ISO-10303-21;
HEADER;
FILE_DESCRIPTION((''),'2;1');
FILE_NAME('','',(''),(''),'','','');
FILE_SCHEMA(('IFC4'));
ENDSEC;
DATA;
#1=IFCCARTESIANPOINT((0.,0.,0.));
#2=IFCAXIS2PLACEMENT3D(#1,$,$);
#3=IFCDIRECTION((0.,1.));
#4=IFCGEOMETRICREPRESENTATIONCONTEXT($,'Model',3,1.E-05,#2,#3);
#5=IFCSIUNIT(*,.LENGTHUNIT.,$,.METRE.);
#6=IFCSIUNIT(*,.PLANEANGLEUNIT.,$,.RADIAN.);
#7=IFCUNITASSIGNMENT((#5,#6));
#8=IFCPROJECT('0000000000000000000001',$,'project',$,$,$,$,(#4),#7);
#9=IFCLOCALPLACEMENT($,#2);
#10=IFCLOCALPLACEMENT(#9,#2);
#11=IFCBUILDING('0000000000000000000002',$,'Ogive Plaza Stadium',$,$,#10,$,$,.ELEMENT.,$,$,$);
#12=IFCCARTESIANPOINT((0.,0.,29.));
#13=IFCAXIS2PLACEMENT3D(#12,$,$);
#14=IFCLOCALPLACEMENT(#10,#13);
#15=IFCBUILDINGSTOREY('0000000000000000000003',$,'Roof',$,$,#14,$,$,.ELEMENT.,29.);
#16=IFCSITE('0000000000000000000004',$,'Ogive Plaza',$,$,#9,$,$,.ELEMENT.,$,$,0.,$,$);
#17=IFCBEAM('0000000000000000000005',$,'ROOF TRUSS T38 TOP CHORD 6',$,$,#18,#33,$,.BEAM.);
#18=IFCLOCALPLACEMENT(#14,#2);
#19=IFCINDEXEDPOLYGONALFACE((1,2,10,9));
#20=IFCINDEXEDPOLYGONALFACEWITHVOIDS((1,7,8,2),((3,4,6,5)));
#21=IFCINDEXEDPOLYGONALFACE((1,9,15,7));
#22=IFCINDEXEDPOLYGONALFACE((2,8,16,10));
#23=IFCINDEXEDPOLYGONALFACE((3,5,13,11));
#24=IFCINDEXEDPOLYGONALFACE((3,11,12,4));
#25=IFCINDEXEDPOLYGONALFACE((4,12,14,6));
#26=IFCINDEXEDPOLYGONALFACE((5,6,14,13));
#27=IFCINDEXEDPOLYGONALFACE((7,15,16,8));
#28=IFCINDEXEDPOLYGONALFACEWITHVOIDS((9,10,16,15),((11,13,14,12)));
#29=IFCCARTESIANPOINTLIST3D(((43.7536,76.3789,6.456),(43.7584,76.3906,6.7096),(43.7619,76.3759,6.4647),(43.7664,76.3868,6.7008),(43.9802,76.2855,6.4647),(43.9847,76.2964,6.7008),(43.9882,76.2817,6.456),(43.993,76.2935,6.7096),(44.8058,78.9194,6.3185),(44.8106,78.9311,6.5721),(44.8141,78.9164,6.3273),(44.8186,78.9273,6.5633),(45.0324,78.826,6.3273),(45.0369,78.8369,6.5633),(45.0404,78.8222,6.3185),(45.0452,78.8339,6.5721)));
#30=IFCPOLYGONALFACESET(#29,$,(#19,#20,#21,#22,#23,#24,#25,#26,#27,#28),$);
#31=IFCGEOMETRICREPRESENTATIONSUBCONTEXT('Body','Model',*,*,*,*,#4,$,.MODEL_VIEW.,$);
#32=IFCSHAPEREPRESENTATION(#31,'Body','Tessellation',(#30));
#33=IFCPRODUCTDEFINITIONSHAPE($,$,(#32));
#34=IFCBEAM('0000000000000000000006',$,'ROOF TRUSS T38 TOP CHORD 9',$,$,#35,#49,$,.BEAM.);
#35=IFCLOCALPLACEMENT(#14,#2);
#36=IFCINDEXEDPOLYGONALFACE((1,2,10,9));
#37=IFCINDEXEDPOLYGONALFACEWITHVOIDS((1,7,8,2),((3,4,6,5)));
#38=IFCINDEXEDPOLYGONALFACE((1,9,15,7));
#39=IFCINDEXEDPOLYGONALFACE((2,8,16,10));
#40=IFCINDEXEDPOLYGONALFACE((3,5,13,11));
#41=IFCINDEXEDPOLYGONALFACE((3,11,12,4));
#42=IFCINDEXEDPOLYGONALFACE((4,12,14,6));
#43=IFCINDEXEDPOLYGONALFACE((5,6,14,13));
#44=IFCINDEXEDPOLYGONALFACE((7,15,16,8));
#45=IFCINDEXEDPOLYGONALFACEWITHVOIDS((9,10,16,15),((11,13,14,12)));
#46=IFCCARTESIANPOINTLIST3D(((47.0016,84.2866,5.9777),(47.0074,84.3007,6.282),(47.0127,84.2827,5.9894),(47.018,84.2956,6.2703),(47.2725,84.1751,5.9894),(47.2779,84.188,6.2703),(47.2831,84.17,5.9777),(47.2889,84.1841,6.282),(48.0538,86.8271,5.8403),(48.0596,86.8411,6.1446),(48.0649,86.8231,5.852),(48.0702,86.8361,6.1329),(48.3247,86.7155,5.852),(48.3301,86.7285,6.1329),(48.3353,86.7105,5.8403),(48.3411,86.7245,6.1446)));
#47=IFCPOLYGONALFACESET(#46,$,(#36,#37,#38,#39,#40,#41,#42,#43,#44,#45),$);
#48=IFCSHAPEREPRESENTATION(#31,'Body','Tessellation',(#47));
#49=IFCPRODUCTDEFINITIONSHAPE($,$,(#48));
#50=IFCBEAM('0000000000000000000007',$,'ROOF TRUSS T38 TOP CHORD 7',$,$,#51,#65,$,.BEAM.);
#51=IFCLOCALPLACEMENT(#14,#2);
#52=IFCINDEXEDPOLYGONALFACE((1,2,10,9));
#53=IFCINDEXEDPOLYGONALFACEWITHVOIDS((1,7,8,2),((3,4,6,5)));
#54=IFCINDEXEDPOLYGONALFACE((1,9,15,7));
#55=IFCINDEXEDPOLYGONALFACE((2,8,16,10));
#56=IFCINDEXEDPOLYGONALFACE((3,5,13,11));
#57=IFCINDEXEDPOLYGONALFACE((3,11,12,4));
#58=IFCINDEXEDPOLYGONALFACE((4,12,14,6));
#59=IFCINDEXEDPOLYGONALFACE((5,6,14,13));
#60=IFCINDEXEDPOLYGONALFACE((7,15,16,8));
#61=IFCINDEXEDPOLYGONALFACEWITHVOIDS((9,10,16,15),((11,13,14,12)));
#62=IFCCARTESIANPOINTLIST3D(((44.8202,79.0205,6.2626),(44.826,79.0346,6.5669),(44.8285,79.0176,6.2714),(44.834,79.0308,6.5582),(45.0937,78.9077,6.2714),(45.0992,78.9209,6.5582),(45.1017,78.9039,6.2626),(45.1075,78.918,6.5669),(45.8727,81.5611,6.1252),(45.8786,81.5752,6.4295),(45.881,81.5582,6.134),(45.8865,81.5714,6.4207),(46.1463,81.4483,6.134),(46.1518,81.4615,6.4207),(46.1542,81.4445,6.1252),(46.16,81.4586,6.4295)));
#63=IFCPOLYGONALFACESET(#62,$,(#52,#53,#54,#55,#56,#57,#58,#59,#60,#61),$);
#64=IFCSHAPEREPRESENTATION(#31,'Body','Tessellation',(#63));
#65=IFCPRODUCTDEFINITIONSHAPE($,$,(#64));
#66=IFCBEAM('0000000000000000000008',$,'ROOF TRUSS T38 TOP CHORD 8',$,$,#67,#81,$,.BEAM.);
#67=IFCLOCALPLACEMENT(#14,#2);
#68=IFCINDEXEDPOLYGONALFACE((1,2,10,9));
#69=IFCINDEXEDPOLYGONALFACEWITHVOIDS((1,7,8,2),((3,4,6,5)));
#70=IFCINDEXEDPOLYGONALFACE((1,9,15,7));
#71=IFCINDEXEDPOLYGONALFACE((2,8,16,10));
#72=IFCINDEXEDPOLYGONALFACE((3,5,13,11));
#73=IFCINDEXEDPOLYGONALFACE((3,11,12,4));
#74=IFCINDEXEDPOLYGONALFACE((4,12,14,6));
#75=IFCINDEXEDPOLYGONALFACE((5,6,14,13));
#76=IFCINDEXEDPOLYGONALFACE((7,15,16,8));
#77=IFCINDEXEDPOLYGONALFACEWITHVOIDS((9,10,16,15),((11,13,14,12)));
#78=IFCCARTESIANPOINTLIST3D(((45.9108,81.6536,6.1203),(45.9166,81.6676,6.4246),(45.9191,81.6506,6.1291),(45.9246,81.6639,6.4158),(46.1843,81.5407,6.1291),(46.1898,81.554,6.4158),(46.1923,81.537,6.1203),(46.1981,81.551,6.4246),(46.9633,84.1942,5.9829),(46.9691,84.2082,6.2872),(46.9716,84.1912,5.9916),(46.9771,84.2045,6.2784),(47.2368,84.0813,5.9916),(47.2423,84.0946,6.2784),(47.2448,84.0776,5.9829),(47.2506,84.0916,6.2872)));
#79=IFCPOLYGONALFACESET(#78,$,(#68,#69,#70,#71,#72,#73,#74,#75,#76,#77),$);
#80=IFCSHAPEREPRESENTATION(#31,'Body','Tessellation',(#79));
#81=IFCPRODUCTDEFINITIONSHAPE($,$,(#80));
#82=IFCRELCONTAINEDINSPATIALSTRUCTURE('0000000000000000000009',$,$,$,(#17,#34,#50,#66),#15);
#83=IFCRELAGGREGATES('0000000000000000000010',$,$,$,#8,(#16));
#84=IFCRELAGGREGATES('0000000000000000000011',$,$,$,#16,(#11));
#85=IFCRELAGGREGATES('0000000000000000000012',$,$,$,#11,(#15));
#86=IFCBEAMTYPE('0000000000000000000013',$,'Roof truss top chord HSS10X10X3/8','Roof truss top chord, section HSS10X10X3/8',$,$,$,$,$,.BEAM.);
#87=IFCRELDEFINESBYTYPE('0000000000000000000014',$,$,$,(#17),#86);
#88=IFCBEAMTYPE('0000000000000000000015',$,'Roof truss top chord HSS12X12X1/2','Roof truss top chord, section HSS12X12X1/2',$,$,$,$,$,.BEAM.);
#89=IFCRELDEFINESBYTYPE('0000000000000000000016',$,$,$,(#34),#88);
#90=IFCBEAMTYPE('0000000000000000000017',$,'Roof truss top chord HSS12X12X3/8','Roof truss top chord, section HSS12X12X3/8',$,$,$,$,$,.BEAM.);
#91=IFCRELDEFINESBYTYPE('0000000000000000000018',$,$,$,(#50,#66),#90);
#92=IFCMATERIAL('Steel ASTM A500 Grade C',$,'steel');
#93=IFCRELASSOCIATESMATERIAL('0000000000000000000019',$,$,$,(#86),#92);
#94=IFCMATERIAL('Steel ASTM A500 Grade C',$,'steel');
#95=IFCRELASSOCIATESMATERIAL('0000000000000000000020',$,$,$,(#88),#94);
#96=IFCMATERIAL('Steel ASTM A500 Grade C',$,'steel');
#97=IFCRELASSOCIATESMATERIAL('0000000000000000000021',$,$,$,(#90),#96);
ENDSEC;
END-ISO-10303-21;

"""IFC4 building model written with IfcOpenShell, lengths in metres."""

from ifc_helpers import new_model, si_unit, direction, frame, origin, origin_2d, place, context, subcontext, project, spatial, hollow_rectangle, extrude, material, material_profile, profile_set, type_object, element, save


model = new_model("IFC4")

# Units and contexts
model_context = context("Model", 3, precision=1e-05, world=origin(), true_north=direction((0.0, 1.0)))
body_context = subcontext(model_context, "Body", "Model", "MODEL_VIEW")
ifc_project = project(units=[si_unit("LENGTHUNIT", "METRE"), si_unit("PLANEANGLEUNIT", "RADIAN")], contexts=[model_context])

# Site, building, storey
site_placement = place(None, origin())
site = spatial("IfcSite", under=ifc_project, at=site_placement, Name="Ogive Plaza", CompositionType="ELEMENT", RefElevation=0.0)
building_placement = place(site_placement, origin())
building = spatial("IfcBuilding", under=site, at=building_placement, Name="Ogive Plaza Stadium", CompositionType="ELEMENT")
storey_placement = place(building_placement, frame((0.0, 0.0, 29.0)))
storey = spatial("IfcBuildingStorey", under=building, at=storey_placement, Name="Roof", CompositionType="ELEMENT", Elevation=29.0)

# Beams
ifc_material_1 = material(Name="Steel ASTM A500 Grade C", Category="steel")
ifc_material_profile_1 = material_profile(ifc_material_1, hollow_rectangle(XDim=0.2539, YDim=0.2539, WallThickness=0.0088, at=origin_2d()), Name="HSS10X10X3/8")
ifc_profile_set_1 = profile_set([ifc_material_profile_1], Name="Steel ASTM A500 Grade C")
beam_type_1 = type_object("IfcBeamType", Name="Roof truss top chord HSS10X10X3/8", Description="Roof truss top chord, section HSS10X10X3/8", PredefinedType="BEAM", material=ifc_profile_set_1)
beam_1_placement = place(storey_placement, frame((43.8733, 76.3362, 6.5828), z_axis=(0.382183, 0.922737, -0.049923), x_axis=(-0.923889, 0.38266, 0.0)))
element("IfcBeam", 1, at=beam_1_placement, inside=storey, type_object=beam_type_1, Name="ROOF TRUSS T38 TOP CHORD 6", PredefinedType="BEAM", context=body_context, shape_type="SweptSolid", body=[
    extrude(hollow_rectangle(XDim=0.2539, YDim=0.2539, WallThickness=0.0088, at=origin_2d()), origin(), (0.0, 0.0, 1.0), 2.7532),
])
ifc_material_2 = material(Name="Steel ASTM A500 Grade C", Category="steel")
ifc_material_profile_2 = material_profile(ifc_material_2, hollow_rectangle(XDim=0.3047, YDim=0.3047, WallThickness=0.0117, at=origin_2d()), Name="HSS12X12X1/2")
ifc_profile_set_2 = profile_set([ifc_material_profile_2], Name="Steel ASTM A500 Grade C")
beam_type_2 = type_object("IfcBeamType", Name="Roof truss top chord HSS12X12X1/2", Description="Roof truss top chord, section HSS12X12X1/2", PredefinedType="BEAM", material=ifc_profile_set_2)
beam_2_placement = place(storey_placement, frame((47.1453, 84.2354, 6.1299), z_axis=(0.382183, 0.922737, -0.049923), x_axis=(-0.923889, 0.38266, 0.0)))
element("IfcBeam", 2, at=beam_2_placement, inside=storey, type_object=beam_type_2, Name="ROOF TRUSS T38 TOP CHORD 9", PredefinedType="BEAM", context=body_context, shape_type="SweptSolid", body=[
    extrude(hollow_rectangle(XDim=0.3047, YDim=0.3047, WallThickness=0.0117, at=origin_2d()), origin(), (0.0, 0.0, 1.0), 2.7532),
])
ifc_material_3 = material(Name="Steel ASTM A500 Grade C", Category="steel")
ifc_material_profile_3 = material_profile(ifc_material_3, hollow_rectangle(XDim=0.3047, YDim=0.3047, WallThickness=0.0088, at=origin_2d()), Name="HSS12X12X3/8")
ifc_profile_set_3 = profile_set([ifc_material_profile_3], Name="Steel ASTM A500 Grade C")
beam_type_3 = type_object("IfcBeamType", Name="Roof truss top chord HSS12X12X3/8", Description="Roof truss top chord, section HSS12X12X3/8", PredefinedType="BEAM", material=ifc_profile_set_3)
for number, where, z_axis, x_axis, name in (
    (3, (44.9639, 78.9692, 6.4148), (0.382259, 0.922706, -0.049922), (-0.923858, 0.382736, 0.0), "ROOF TRUSS T38 TOP CHORD 7"),
    (4, (46.0544, 81.6023, 6.2725), (0.382259, 0.922706, -0.049922), (-0.923858, 0.382736, 0.0), "ROOF TRUSS T38 TOP CHORD 8"),
):
    element("IfcBeam", number, at=place(storey_placement, frame(where, z_axis=z_axis, x_axis=x_axis)), inside=storey, type_object=beam_type_3, Name=name, PredefinedType="BEAM", context=body_context, shape_type="SweptSolid", body=[
        extrude(hollow_rectangle(XDim=0.3047, YDim=0.3047, WallThickness=0.0088, at=origin_2d()), origin(), (0.0, 0.0, 1.0), 2.7534),
    ])

save(model, "model.ifc")
